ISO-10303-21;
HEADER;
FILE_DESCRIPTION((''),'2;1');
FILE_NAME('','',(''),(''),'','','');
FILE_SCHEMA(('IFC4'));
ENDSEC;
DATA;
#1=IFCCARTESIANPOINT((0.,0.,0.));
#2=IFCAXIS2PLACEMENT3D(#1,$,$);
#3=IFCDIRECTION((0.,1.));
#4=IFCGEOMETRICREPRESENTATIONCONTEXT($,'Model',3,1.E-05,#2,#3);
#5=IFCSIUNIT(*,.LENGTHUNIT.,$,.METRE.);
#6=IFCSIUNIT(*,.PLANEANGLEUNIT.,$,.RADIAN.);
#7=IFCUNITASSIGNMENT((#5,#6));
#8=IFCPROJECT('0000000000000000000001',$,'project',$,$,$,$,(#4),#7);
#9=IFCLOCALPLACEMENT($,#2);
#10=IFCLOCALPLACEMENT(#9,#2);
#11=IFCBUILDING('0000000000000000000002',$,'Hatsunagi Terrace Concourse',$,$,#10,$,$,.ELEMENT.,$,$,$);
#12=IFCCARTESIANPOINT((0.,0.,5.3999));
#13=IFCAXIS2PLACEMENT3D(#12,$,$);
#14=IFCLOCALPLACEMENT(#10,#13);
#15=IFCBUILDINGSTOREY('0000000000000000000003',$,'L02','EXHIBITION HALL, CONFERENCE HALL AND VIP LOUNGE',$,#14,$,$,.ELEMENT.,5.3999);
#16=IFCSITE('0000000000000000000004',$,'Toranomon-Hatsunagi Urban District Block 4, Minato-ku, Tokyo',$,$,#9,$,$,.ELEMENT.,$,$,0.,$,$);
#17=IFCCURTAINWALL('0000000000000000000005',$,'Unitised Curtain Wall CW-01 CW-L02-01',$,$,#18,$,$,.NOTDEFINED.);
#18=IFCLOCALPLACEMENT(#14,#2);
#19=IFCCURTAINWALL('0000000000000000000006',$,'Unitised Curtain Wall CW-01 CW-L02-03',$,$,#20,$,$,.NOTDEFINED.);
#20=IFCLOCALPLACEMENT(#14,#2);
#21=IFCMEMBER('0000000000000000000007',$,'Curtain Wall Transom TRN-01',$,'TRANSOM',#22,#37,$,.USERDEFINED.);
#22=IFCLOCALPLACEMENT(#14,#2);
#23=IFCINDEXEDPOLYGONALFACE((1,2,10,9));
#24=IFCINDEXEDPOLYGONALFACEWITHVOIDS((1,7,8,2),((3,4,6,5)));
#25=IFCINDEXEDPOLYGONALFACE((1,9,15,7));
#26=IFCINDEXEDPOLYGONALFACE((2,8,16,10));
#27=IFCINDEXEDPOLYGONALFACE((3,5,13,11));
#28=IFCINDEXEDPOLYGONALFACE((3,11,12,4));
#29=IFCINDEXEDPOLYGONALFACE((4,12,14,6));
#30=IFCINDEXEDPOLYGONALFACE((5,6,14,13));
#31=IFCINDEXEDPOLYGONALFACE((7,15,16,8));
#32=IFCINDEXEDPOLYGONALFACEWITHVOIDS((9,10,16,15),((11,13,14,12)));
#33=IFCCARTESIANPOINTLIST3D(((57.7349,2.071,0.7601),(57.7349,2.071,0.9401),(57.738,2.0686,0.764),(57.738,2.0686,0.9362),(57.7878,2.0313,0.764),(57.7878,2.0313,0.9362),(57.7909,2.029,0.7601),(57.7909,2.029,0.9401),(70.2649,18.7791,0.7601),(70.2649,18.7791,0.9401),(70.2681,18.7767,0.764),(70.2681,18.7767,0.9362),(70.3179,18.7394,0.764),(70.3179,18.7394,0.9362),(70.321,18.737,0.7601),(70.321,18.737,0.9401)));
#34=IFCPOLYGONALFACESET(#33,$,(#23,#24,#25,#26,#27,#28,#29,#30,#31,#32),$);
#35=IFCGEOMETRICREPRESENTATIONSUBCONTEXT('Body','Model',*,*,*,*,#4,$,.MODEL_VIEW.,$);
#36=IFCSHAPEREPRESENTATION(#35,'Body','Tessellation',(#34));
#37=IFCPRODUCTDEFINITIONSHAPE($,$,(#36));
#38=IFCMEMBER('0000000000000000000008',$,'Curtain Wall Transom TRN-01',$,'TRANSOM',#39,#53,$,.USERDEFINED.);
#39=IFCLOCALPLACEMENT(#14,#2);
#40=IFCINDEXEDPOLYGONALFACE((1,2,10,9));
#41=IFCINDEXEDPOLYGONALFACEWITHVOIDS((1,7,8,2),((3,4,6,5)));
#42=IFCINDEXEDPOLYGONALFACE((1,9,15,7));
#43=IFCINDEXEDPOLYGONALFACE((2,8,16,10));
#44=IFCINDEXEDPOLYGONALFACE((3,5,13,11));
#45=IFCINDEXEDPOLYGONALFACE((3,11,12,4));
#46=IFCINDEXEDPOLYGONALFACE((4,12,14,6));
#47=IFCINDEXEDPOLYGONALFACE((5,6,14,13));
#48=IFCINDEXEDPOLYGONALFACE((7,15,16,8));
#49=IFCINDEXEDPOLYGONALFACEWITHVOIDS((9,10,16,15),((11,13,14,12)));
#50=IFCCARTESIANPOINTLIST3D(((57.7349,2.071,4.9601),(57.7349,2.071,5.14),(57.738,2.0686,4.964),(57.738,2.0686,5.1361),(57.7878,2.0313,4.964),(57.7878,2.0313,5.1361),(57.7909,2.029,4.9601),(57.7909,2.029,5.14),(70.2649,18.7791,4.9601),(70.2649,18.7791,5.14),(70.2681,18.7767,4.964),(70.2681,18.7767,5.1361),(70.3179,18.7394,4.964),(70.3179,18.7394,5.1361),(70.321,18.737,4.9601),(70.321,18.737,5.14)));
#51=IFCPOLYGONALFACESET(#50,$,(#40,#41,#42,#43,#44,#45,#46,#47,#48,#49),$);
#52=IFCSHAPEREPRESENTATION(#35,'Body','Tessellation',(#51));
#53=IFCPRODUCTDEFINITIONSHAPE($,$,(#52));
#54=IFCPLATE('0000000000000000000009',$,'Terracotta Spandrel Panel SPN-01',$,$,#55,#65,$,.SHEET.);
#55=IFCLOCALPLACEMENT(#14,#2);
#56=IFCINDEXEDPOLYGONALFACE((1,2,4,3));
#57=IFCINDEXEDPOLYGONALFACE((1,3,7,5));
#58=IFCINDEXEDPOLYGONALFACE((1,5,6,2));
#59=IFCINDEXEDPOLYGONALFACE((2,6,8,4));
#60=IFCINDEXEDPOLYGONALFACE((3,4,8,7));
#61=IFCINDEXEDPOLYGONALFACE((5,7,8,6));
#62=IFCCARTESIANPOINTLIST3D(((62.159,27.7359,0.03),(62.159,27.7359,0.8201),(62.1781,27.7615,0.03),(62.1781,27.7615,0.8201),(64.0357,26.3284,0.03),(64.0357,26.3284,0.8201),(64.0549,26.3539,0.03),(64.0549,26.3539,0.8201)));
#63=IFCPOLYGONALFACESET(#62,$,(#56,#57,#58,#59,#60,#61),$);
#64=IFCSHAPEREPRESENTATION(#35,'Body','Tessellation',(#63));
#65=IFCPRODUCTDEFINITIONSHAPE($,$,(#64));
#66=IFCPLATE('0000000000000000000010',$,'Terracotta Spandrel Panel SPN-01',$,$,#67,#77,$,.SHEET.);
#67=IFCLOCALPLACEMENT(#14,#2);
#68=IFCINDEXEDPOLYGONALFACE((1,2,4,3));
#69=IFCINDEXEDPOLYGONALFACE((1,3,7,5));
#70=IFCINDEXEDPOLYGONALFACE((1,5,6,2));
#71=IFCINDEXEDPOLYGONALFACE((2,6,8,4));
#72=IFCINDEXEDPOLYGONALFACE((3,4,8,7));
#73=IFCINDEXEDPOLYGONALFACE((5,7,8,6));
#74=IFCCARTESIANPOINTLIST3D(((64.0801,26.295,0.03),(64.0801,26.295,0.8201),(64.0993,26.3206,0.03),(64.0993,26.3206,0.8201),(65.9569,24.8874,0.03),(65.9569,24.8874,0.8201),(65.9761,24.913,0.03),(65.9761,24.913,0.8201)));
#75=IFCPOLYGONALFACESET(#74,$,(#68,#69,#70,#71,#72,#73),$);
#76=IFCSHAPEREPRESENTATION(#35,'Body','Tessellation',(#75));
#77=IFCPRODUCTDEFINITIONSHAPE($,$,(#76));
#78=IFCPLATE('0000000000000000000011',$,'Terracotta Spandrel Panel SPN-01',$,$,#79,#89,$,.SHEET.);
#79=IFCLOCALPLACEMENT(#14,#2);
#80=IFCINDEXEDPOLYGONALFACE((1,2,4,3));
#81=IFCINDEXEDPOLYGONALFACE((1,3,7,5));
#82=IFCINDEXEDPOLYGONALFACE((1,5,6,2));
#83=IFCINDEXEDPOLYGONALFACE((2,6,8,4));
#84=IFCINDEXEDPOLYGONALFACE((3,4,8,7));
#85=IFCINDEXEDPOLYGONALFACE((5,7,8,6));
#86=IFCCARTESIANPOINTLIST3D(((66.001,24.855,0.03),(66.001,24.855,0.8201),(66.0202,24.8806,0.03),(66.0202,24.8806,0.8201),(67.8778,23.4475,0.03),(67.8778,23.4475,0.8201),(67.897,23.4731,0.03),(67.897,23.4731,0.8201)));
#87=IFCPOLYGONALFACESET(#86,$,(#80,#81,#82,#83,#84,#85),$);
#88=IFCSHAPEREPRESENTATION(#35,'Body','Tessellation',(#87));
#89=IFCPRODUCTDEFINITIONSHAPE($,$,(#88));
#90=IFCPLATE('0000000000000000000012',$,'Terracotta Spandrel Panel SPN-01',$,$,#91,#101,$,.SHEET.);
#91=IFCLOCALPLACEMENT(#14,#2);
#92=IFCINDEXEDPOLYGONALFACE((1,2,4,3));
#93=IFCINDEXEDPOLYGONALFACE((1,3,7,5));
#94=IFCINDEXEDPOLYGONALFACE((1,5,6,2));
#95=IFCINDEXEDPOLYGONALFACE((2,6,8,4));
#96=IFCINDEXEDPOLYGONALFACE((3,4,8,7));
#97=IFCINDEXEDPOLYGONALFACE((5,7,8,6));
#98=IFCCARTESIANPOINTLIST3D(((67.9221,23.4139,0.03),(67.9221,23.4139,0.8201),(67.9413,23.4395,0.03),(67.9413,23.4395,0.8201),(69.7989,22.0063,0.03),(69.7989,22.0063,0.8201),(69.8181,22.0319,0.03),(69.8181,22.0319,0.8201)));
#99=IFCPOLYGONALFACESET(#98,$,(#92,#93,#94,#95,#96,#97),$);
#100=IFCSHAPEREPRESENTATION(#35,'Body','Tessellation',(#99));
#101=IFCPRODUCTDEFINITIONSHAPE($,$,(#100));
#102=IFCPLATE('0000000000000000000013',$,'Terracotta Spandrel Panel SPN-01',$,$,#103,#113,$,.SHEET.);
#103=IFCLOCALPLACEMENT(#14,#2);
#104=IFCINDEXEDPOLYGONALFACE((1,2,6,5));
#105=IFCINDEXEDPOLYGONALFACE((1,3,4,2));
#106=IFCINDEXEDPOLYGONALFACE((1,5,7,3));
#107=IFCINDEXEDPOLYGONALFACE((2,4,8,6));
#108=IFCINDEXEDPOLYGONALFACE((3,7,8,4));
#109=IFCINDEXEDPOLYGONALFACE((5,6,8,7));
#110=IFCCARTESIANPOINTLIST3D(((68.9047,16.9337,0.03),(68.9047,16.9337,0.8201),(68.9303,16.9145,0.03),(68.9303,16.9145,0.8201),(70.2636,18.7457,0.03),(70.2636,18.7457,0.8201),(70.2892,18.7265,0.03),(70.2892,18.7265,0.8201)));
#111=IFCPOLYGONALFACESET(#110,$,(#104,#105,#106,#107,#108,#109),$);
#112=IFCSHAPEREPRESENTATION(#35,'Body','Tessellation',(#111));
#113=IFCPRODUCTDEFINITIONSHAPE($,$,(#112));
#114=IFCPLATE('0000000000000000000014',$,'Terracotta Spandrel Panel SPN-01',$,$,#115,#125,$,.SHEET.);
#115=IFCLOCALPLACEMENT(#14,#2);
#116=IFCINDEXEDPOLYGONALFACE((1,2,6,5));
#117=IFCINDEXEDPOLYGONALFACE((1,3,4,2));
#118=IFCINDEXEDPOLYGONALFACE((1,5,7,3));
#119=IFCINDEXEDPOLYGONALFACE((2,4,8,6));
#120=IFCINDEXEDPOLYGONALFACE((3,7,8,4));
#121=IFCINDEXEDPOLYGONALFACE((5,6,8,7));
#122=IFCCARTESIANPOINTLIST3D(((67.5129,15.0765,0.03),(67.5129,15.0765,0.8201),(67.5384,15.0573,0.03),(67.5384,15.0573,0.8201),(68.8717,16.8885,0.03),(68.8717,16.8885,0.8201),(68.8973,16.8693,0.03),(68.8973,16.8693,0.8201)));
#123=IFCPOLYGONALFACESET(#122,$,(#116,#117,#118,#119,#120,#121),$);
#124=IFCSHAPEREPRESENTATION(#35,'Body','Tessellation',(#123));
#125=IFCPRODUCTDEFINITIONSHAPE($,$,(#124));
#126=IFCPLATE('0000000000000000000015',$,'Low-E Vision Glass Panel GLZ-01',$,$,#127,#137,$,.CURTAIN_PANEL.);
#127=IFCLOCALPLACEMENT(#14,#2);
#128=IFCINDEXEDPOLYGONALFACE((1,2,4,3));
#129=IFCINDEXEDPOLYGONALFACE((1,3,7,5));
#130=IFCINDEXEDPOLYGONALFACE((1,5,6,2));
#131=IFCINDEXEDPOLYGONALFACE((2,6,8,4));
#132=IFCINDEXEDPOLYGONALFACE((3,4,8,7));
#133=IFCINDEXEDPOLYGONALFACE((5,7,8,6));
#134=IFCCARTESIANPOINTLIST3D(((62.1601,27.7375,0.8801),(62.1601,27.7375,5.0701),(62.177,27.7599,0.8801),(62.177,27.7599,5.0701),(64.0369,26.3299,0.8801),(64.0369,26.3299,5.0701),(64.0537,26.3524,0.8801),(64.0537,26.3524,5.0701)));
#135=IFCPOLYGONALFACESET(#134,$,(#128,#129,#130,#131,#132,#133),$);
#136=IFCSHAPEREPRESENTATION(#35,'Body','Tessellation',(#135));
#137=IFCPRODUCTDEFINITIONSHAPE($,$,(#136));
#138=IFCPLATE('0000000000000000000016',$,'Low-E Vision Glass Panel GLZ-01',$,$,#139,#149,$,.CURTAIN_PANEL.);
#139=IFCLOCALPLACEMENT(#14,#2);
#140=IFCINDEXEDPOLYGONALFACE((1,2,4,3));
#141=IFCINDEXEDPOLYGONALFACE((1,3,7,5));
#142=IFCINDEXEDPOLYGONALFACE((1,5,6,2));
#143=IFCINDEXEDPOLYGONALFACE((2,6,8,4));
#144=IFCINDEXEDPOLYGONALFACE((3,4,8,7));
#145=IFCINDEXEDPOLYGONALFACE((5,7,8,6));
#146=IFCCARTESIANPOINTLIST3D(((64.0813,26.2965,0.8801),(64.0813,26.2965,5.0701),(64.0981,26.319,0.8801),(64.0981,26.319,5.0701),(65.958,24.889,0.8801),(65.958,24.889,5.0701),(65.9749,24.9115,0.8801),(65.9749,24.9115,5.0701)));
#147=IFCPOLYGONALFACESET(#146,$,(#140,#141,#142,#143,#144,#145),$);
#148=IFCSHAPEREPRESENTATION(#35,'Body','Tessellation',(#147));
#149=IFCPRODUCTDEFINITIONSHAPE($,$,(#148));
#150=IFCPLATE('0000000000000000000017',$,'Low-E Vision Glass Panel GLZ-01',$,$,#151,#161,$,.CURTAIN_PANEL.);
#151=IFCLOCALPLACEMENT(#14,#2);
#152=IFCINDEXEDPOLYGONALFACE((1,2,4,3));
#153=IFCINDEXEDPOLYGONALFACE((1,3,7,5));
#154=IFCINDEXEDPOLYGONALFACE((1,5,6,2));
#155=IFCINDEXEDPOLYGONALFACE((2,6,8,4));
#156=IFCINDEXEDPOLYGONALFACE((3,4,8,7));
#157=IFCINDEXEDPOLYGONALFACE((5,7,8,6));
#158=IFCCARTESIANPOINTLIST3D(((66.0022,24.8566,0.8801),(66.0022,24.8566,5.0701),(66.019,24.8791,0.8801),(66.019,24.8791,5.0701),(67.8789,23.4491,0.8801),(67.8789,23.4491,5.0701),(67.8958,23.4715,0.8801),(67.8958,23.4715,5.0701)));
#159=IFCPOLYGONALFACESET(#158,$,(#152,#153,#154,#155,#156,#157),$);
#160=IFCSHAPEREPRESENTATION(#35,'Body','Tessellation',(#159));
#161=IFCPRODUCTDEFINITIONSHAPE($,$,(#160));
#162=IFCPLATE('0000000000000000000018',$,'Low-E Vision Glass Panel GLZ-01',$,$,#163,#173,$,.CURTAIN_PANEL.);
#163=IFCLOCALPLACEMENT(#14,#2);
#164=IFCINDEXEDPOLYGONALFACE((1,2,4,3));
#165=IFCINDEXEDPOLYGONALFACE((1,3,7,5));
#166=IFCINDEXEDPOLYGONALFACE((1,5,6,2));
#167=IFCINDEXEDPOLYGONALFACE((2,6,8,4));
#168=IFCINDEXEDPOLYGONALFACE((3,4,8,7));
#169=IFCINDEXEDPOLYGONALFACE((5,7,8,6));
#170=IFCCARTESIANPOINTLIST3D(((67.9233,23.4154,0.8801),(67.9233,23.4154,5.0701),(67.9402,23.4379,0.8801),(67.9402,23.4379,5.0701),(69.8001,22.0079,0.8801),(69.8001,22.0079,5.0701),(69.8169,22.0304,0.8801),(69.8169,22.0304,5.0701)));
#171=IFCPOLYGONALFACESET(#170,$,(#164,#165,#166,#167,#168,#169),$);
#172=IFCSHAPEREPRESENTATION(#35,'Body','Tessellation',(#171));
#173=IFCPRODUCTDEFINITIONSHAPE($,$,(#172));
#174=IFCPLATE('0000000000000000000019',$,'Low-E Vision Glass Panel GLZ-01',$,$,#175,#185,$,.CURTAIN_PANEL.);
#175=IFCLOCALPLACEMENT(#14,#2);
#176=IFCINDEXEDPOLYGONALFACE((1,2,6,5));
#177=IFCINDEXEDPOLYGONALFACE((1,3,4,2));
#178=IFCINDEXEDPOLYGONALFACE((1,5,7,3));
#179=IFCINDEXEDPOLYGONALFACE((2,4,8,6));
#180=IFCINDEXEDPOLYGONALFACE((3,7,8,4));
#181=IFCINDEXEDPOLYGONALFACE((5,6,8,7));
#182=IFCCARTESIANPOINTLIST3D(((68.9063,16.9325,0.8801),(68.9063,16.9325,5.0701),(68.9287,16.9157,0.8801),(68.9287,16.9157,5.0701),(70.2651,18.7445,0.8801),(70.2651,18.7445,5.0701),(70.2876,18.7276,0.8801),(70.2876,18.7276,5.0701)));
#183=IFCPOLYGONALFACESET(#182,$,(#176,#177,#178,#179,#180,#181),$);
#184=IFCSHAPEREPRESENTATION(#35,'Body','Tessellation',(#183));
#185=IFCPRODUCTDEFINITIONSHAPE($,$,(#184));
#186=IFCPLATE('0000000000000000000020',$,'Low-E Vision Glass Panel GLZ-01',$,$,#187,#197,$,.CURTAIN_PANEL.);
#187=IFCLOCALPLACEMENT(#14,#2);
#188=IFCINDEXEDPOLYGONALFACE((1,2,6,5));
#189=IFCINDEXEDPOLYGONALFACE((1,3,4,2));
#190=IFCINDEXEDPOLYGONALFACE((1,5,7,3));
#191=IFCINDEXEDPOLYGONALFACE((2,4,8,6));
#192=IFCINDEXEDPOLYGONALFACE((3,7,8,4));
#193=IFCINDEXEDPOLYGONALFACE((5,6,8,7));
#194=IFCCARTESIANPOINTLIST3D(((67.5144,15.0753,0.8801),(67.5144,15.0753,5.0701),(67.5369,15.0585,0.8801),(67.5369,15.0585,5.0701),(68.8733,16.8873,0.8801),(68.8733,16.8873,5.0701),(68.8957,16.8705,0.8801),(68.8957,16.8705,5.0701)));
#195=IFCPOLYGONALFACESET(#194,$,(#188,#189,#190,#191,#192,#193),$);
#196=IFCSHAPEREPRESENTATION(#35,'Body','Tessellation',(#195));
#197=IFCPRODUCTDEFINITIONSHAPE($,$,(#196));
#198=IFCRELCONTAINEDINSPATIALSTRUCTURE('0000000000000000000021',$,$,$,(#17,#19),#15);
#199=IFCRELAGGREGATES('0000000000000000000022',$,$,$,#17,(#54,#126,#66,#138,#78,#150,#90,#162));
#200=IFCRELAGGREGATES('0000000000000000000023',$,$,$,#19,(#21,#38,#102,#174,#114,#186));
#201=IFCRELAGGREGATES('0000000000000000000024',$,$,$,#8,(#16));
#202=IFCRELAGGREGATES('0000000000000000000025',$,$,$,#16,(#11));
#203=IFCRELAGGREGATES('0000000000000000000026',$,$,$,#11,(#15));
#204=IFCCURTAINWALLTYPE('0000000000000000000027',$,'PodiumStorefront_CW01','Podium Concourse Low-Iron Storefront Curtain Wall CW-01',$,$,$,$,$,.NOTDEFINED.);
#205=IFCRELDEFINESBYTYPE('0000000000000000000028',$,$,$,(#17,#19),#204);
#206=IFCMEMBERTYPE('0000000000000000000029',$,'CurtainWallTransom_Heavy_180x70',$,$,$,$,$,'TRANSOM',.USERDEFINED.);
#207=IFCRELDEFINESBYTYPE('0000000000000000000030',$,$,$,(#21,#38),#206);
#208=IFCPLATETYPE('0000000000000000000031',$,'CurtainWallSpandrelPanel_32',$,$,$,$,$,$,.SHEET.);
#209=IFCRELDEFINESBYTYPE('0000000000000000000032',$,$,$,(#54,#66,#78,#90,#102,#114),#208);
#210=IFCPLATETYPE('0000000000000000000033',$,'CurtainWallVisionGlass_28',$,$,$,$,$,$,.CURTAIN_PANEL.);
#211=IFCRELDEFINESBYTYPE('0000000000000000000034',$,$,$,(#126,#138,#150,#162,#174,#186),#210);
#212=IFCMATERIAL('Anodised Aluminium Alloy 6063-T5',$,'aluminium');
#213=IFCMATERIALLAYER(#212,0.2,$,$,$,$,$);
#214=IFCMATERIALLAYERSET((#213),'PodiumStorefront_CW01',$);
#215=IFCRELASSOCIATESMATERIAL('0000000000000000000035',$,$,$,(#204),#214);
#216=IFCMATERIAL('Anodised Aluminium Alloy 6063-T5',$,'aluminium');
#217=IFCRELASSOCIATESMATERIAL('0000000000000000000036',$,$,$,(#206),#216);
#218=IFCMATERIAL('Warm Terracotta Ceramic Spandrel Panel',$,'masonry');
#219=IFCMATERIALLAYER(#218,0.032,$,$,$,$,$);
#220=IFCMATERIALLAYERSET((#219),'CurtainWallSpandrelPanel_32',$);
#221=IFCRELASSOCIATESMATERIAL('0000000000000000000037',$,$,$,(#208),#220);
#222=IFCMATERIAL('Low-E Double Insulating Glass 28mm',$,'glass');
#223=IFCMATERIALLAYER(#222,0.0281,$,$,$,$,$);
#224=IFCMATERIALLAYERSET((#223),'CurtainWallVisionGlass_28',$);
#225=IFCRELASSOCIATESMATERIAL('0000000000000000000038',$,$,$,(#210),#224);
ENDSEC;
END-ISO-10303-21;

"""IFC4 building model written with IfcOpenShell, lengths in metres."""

from ifc_helpers import new_model, si_unit, direction, frame, origin, origin_2d, place, context, subcontext, project, spatial, rectangle, hollow_rectangle, extrude, material, layer, layer_set, material_profile, profile_set, type_object, element, aggregate, save


model = new_model("IFC4")

# Units and contexts
model_context = context("Model", 3, precision=1e-05, world=origin(), true_north=direction((0.0, 1.0)))
body_context = subcontext(model_context, "Body", "Model", "MODEL_VIEW")
ifc_project = project(units=[si_unit("LENGTHUNIT", "METRE"), si_unit("PLANEANGLEUNIT", "RADIAN")], contexts=[model_context])

# Site, building, storey
site_placement = place(None, origin())
site = spatial("IfcSite", under=ifc_project, at=site_placement, Name="Toranomon-Hatsunagi Urban District Block 4, Minato-ku, Tokyo", CompositionType="ELEMENT", RefElevation=0.0)
building_placement = place(site_placement, origin())
building = spatial("IfcBuilding", under=site, at=building_placement, Name="Hatsunagi Terrace Concourse", CompositionType="ELEMENT")
storey_placement = place(building_placement, frame((0.0, 0.0, 5.3999)))
storey = spatial("IfcBuildingStorey", under=building, at=storey_placement, Name="L02", Description="EXHIBITION HALL, CONFERENCE HALL AND VIP LOUNGE", CompositionType="ELEMENT", Elevation=5.3999)

# Curtain walls, members
ifc_material_1 = material(Name="Anodised Aluminium Alloy 6063-T5", Category="aluminium")
ifc_layer_1 = layer(ifc_material_1, 0.2)
ifc_layer_set_1 = layer_set([ifc_layer_1], Name="PodiumStorefront_CW01")
curtain_wall_type = type_object("IfcCurtainWallType", Name="PodiumStorefront_CW01", Description="Podium Concourse Low-Iron Storefront Curtain Wall CW-01", PredefinedType="NOTDEFINED", material=ifc_layer_set_1)
curtain_wall_1_placement = place(storey_placement, origin())
curtain_wall_1 = element("IfcCurtainWall", 1, at=curtain_wall_1_placement, inside=storey, type_object=curtain_wall_type, Name="Unitised Curtain Wall CW-01 CW-L02-01", PredefinedType="NOTDEFINED")
curtain_wall_2_placement = place(storey_placement, origin())
curtain_wall_2 = element("IfcCurtainWall", 2, at=curtain_wall_2_placement, inside=storey, type_object=curtain_wall_type, Name="Unitised Curtain Wall CW-01 CW-L02-03", PredefinedType="NOTDEFINED")
ifc_material_2 = material(Name="Anodised Aluminium Alloy 6063-T5", Category="aluminium")
ifc_material_profile_1 = material_profile(ifc_material_2, hollow_rectangle(XDim=0.0701, YDim=0.1799, WallThickness=0.0039, at=origin_2d()), Name="ALU-TRN-180x70x4")
ifc_profile_set_1 = profile_set([ifc_material_profile_1], Name="Anodised Aluminium Alloy 6063-T5")
member_type_1 = type_object("IfcMemberType", Name="CurtainWallTransom_Heavy_180x70", ElementType="TRANSOM", PredefinedType="USERDEFINED", material=ifc_profile_set_1)
member_1_placement = place(storey_placement, frame((70.293, 18.7581, 0.8501), z_axis=(-0.59997, -0.800022, 0.0), x_axis=(0.800022, -0.59997, 0.0)))
member_1 = element("IfcMember", 3, at=member_1_placement, type_object=member_type_1, Name="Curtain Wall Transom TRN-01", ObjectType="TRANSOM", PredefinedType="USERDEFINED", context=body_context, shape_type="SweptSolid", body=[
    extrude(hollow_rectangle(XDim=0.0701, YDim=0.1799, WallThickness=0.0039, at=origin_2d()), origin(), (0.0, 0.0, 1.0), 20.8845),
])
member_2_placement = place(storey_placement, frame((70.293, 18.7581, 5.05), z_axis=(-0.59997, -0.800022, 0.0), x_axis=(0.800022, -0.59997, 0.0)))
member_2 = element("IfcMember", 4, at=member_2_placement, type_object=member_type_1, Name="Curtain Wall Transom TRN-01", ObjectType="TRANSOM", PredefinedType="USERDEFINED", context=body_context, shape_type="SweptSolid", body=[
    extrude(hollow_rectangle(XDim=0.0701, YDim=0.1799, WallThickness=0.0039, at=origin_2d()), origin(), (0.0, 0.0, 1.0), 20.8845),
])

# Plates
ifc_material_3 = material(Name="Warm Terracotta Ceramic Spandrel Panel", Category="masonry")
ifc_layer_2 = layer(ifc_material_3, 0.032)
ifc_layer_set_2 = layer_set([ifc_layer_2], Name="CurtainWallSpandrelPanel_32")
plate_type_1 = type_object("IfcPlateType", Name="CurtainWallSpandrelPanel_32", PredefinedType="SHEET", material=ifc_layer_set_2)
plate_1_placement = place(storey_placement, frame((63.1069, 27.0449, 0.03), z_axis=(0.0, 0.0, 1.0), x_axis=(0.800007, -0.59999, 0.0)))
plate_1 = element("IfcPlate", 5, at=plate_1_placement, type_object=plate_type_1, Name="Terracotta Spandrel Panel SPN-01", PredefinedType="SHEET", context=body_context, shape_type="SweptSolid", body=[
    extrude(rectangle(XDim=2.3459, YDim=0.032, at=origin_2d()), origin(), (0.0, 0.0, 1.0), 0.79),
])
plate_2_placement = place(storey_placement, frame((65.0281, 25.604, 0.03), z_axis=(0.0, 0.0, 1.0), x_axis=(0.800007, -0.59999, 0.0)))
plate_2 = element("IfcPlate", 6, at=plate_2_placement, type_object=plate_type_1, Name="Terracotta Spandrel Panel SPN-01", PredefinedType="SHEET", context=body_context, shape_type="SweptSolid", body=[
    extrude(rectangle(XDim=2.3459, YDim=0.032, at=origin_2d()), origin(), (0.0, 0.0, 1.0), 0.79),
])
plate_3_placement = place(storey_placement, frame((66.949, 24.1641, 0.03), z_axis=(0.0, 0.0, 1.0), x_axis=(0.800007, -0.59999, 0.0)))
plate_3 = element("IfcPlate", 7, at=plate_3_placement, type_object=plate_type_1, Name="Terracotta Spandrel Panel SPN-01", PredefinedType="SHEET", context=body_context, shape_type="SweptSolid", body=[
    extrude(rectangle(XDim=2.3459, YDim=0.032, at=origin_2d()), origin(), (0.0, 0.0, 1.0), 0.79),
])
plate_4_placement = place(storey_placement, frame((68.8701, 22.7229, 0.03), z_axis=(0.0, 0.0, 1.0), x_axis=(0.800007, -0.59999, 0.0)))
plate_4 = element("IfcPlate", 8, at=plate_4_placement, type_object=plate_type_1, Name="Terracotta Spandrel Panel SPN-01", PredefinedType="SHEET", context=body_context, shape_type="SweptSolid", body=[
    extrude(rectangle(XDim=2.3459, YDim=0.032, at=origin_2d()), origin(), (0.0, 0.0, 1.0), 0.79),
])
plate_5_placement = place(storey_placement, frame((69.5969, 17.8301, 0.03), z_axis=(0.0, 0.0, 1.0), x_axis=(-0.599969, -0.800023, 0.0)))
plate_5 = element("IfcPlate", 9, at=plate_5_placement, type_object=plate_type_1, Name="Terracotta Spandrel Panel SPN-01", PredefinedType="SHEET", context=body_context, shape_type="SweptSolid", body=[
    extrude(rectangle(XDim=2.2649, YDim=0.032, at=origin_2d()), origin(), (0.0, 0.0, 1.0), 0.79),
])
plate_6_placement = place(storey_placement, frame((68.2051, 15.9729, 0.03), z_axis=(0.0, 0.0, 1.0), x_axis=(-0.599969, -0.800023, 0.0)))
plate_6 = element("IfcPlate", 10, at=plate_6_placement, type_object=plate_type_1, Name="Terracotta Spandrel Panel SPN-01", PredefinedType="SHEET", context=body_context, shape_type="SweptSolid", body=[
    extrude(rectangle(XDim=2.2649, YDim=0.032, at=origin_2d()), origin(), (0.0, 0.0, 1.0), 0.79),
])
ifc_material_4 = material(Name="Low-E Double Insulating Glass 28mm", Category="glass")
ifc_layer_3 = layer(ifc_material_4, 0.0281)
ifc_layer_set_3 = layer_set([ifc_layer_3], Name="CurtainWallVisionGlass_28")
plate_type_2 = type_object("IfcPlateType", Name="CurtainWallVisionGlass_28", PredefinedType="CURTAIN_PANEL", material=ifc_layer_set_3)
plate_7_placement = place(storey_placement, frame((63.1069, 27.0449, 0.8801), z_axis=(0.0, 0.0, 1.0), x_axis=(0.800007, -0.59999, 0.0)))
plate_7 = element("IfcPlate", 11, at=plate_7_placement, type_object=plate_type_2, Name="Low-E Vision Glass Panel GLZ-01", PredefinedType="CURTAIN_PANEL", context=body_context, shape_type="SweptSolid", body=[
    extrude(rectangle(XDim=2.3459, YDim=0.0281, at=origin_2d()), origin(), (0.0, 0.0, 1.0), 4.1899),
])
plate_8_placement = place(storey_placement, frame((65.0281, 25.604, 0.8801), z_axis=(0.0, 0.0, 1.0), x_axis=(0.800007, -0.59999, 0.0)))
plate_8 = element("IfcPlate", 12, at=plate_8_placement, type_object=plate_type_2, Name="Low-E Vision Glass Panel GLZ-01", PredefinedType="CURTAIN_PANEL", context=body_context, shape_type="SweptSolid", body=[
    extrude(rectangle(XDim=2.3459, YDim=0.0281, at=origin_2d()), origin(), (0.0, 0.0, 1.0), 4.1899),
])
plate_9_placement = place(storey_placement, frame((66.949, 24.1641, 0.8801), z_axis=(0.0, 0.0, 1.0), x_axis=(0.800007, -0.59999, 0.0)))
plate_9 = element("IfcPlate", 13, at=plate_9_placement, type_object=plate_type_2, Name="Low-E Vision Glass Panel GLZ-01", PredefinedType="CURTAIN_PANEL", context=body_context, shape_type="SweptSolid", body=[
    extrude(rectangle(XDim=2.3459, YDim=0.0281, at=origin_2d()), origin(), (0.0, 0.0, 1.0), 4.1899),
])
plate_10_placement = place(storey_placement, frame((68.8701, 22.7229, 0.8801), z_axis=(0.0, 0.0, 1.0), x_axis=(0.800007, -0.59999, 0.0)))
plate_10 = element("IfcPlate", 14, at=plate_10_placement, type_object=plate_type_2, Name="Low-E Vision Glass Panel GLZ-01", PredefinedType="CURTAIN_PANEL", context=body_context, shape_type="SweptSolid", body=[
    extrude(rectangle(XDim=2.3459, YDim=0.0281, at=origin_2d()), origin(), (0.0, 0.0, 1.0), 4.1899),
])
aggregate(curtain_wall_1, [plate_1, plate_7, plate_2, plate_8, plate_3, plate_9, plate_4, plate_10])
plate_11_placement = place(storey_placement, frame((69.5969, 17.8301, 0.8801), z_axis=(0.0, 0.0, 1.0), x_axis=(-0.599969, -0.800023, 0.0)))
plate_11 = element("IfcPlate", 15, at=plate_11_placement, type_object=plate_type_2, Name="Low-E Vision Glass Panel GLZ-01", PredefinedType="CURTAIN_PANEL", context=body_context, shape_type="SweptSolid", body=[
    extrude(rectangle(XDim=2.2649, YDim=0.0281, at=origin_2d()), origin(), (0.0, 0.0, 1.0), 4.1899),
])
plate_12_placement = place(storey_placement, frame((68.2051, 15.9729, 0.8801), z_axis=(0.0, 0.0, 1.0), x_axis=(-0.599969, -0.800023, 0.0)))
plate_12 = element("IfcPlate", 16, at=plate_12_placement, type_object=plate_type_2, Name="Low-E Vision Glass Panel GLZ-01", PredefinedType="CURTAIN_PANEL", context=body_context, shape_type="SweptSolid", body=[
    extrude(rectangle(XDim=2.2649, YDim=0.0281, at=origin_2d()), origin(), (0.0, 0.0, 1.0), 4.1899),
])
aggregate(curtain_wall_2, [member_1, member_2, plate_5, plate_11, plate_6, plate_12])

save(model, "model.ifc")
